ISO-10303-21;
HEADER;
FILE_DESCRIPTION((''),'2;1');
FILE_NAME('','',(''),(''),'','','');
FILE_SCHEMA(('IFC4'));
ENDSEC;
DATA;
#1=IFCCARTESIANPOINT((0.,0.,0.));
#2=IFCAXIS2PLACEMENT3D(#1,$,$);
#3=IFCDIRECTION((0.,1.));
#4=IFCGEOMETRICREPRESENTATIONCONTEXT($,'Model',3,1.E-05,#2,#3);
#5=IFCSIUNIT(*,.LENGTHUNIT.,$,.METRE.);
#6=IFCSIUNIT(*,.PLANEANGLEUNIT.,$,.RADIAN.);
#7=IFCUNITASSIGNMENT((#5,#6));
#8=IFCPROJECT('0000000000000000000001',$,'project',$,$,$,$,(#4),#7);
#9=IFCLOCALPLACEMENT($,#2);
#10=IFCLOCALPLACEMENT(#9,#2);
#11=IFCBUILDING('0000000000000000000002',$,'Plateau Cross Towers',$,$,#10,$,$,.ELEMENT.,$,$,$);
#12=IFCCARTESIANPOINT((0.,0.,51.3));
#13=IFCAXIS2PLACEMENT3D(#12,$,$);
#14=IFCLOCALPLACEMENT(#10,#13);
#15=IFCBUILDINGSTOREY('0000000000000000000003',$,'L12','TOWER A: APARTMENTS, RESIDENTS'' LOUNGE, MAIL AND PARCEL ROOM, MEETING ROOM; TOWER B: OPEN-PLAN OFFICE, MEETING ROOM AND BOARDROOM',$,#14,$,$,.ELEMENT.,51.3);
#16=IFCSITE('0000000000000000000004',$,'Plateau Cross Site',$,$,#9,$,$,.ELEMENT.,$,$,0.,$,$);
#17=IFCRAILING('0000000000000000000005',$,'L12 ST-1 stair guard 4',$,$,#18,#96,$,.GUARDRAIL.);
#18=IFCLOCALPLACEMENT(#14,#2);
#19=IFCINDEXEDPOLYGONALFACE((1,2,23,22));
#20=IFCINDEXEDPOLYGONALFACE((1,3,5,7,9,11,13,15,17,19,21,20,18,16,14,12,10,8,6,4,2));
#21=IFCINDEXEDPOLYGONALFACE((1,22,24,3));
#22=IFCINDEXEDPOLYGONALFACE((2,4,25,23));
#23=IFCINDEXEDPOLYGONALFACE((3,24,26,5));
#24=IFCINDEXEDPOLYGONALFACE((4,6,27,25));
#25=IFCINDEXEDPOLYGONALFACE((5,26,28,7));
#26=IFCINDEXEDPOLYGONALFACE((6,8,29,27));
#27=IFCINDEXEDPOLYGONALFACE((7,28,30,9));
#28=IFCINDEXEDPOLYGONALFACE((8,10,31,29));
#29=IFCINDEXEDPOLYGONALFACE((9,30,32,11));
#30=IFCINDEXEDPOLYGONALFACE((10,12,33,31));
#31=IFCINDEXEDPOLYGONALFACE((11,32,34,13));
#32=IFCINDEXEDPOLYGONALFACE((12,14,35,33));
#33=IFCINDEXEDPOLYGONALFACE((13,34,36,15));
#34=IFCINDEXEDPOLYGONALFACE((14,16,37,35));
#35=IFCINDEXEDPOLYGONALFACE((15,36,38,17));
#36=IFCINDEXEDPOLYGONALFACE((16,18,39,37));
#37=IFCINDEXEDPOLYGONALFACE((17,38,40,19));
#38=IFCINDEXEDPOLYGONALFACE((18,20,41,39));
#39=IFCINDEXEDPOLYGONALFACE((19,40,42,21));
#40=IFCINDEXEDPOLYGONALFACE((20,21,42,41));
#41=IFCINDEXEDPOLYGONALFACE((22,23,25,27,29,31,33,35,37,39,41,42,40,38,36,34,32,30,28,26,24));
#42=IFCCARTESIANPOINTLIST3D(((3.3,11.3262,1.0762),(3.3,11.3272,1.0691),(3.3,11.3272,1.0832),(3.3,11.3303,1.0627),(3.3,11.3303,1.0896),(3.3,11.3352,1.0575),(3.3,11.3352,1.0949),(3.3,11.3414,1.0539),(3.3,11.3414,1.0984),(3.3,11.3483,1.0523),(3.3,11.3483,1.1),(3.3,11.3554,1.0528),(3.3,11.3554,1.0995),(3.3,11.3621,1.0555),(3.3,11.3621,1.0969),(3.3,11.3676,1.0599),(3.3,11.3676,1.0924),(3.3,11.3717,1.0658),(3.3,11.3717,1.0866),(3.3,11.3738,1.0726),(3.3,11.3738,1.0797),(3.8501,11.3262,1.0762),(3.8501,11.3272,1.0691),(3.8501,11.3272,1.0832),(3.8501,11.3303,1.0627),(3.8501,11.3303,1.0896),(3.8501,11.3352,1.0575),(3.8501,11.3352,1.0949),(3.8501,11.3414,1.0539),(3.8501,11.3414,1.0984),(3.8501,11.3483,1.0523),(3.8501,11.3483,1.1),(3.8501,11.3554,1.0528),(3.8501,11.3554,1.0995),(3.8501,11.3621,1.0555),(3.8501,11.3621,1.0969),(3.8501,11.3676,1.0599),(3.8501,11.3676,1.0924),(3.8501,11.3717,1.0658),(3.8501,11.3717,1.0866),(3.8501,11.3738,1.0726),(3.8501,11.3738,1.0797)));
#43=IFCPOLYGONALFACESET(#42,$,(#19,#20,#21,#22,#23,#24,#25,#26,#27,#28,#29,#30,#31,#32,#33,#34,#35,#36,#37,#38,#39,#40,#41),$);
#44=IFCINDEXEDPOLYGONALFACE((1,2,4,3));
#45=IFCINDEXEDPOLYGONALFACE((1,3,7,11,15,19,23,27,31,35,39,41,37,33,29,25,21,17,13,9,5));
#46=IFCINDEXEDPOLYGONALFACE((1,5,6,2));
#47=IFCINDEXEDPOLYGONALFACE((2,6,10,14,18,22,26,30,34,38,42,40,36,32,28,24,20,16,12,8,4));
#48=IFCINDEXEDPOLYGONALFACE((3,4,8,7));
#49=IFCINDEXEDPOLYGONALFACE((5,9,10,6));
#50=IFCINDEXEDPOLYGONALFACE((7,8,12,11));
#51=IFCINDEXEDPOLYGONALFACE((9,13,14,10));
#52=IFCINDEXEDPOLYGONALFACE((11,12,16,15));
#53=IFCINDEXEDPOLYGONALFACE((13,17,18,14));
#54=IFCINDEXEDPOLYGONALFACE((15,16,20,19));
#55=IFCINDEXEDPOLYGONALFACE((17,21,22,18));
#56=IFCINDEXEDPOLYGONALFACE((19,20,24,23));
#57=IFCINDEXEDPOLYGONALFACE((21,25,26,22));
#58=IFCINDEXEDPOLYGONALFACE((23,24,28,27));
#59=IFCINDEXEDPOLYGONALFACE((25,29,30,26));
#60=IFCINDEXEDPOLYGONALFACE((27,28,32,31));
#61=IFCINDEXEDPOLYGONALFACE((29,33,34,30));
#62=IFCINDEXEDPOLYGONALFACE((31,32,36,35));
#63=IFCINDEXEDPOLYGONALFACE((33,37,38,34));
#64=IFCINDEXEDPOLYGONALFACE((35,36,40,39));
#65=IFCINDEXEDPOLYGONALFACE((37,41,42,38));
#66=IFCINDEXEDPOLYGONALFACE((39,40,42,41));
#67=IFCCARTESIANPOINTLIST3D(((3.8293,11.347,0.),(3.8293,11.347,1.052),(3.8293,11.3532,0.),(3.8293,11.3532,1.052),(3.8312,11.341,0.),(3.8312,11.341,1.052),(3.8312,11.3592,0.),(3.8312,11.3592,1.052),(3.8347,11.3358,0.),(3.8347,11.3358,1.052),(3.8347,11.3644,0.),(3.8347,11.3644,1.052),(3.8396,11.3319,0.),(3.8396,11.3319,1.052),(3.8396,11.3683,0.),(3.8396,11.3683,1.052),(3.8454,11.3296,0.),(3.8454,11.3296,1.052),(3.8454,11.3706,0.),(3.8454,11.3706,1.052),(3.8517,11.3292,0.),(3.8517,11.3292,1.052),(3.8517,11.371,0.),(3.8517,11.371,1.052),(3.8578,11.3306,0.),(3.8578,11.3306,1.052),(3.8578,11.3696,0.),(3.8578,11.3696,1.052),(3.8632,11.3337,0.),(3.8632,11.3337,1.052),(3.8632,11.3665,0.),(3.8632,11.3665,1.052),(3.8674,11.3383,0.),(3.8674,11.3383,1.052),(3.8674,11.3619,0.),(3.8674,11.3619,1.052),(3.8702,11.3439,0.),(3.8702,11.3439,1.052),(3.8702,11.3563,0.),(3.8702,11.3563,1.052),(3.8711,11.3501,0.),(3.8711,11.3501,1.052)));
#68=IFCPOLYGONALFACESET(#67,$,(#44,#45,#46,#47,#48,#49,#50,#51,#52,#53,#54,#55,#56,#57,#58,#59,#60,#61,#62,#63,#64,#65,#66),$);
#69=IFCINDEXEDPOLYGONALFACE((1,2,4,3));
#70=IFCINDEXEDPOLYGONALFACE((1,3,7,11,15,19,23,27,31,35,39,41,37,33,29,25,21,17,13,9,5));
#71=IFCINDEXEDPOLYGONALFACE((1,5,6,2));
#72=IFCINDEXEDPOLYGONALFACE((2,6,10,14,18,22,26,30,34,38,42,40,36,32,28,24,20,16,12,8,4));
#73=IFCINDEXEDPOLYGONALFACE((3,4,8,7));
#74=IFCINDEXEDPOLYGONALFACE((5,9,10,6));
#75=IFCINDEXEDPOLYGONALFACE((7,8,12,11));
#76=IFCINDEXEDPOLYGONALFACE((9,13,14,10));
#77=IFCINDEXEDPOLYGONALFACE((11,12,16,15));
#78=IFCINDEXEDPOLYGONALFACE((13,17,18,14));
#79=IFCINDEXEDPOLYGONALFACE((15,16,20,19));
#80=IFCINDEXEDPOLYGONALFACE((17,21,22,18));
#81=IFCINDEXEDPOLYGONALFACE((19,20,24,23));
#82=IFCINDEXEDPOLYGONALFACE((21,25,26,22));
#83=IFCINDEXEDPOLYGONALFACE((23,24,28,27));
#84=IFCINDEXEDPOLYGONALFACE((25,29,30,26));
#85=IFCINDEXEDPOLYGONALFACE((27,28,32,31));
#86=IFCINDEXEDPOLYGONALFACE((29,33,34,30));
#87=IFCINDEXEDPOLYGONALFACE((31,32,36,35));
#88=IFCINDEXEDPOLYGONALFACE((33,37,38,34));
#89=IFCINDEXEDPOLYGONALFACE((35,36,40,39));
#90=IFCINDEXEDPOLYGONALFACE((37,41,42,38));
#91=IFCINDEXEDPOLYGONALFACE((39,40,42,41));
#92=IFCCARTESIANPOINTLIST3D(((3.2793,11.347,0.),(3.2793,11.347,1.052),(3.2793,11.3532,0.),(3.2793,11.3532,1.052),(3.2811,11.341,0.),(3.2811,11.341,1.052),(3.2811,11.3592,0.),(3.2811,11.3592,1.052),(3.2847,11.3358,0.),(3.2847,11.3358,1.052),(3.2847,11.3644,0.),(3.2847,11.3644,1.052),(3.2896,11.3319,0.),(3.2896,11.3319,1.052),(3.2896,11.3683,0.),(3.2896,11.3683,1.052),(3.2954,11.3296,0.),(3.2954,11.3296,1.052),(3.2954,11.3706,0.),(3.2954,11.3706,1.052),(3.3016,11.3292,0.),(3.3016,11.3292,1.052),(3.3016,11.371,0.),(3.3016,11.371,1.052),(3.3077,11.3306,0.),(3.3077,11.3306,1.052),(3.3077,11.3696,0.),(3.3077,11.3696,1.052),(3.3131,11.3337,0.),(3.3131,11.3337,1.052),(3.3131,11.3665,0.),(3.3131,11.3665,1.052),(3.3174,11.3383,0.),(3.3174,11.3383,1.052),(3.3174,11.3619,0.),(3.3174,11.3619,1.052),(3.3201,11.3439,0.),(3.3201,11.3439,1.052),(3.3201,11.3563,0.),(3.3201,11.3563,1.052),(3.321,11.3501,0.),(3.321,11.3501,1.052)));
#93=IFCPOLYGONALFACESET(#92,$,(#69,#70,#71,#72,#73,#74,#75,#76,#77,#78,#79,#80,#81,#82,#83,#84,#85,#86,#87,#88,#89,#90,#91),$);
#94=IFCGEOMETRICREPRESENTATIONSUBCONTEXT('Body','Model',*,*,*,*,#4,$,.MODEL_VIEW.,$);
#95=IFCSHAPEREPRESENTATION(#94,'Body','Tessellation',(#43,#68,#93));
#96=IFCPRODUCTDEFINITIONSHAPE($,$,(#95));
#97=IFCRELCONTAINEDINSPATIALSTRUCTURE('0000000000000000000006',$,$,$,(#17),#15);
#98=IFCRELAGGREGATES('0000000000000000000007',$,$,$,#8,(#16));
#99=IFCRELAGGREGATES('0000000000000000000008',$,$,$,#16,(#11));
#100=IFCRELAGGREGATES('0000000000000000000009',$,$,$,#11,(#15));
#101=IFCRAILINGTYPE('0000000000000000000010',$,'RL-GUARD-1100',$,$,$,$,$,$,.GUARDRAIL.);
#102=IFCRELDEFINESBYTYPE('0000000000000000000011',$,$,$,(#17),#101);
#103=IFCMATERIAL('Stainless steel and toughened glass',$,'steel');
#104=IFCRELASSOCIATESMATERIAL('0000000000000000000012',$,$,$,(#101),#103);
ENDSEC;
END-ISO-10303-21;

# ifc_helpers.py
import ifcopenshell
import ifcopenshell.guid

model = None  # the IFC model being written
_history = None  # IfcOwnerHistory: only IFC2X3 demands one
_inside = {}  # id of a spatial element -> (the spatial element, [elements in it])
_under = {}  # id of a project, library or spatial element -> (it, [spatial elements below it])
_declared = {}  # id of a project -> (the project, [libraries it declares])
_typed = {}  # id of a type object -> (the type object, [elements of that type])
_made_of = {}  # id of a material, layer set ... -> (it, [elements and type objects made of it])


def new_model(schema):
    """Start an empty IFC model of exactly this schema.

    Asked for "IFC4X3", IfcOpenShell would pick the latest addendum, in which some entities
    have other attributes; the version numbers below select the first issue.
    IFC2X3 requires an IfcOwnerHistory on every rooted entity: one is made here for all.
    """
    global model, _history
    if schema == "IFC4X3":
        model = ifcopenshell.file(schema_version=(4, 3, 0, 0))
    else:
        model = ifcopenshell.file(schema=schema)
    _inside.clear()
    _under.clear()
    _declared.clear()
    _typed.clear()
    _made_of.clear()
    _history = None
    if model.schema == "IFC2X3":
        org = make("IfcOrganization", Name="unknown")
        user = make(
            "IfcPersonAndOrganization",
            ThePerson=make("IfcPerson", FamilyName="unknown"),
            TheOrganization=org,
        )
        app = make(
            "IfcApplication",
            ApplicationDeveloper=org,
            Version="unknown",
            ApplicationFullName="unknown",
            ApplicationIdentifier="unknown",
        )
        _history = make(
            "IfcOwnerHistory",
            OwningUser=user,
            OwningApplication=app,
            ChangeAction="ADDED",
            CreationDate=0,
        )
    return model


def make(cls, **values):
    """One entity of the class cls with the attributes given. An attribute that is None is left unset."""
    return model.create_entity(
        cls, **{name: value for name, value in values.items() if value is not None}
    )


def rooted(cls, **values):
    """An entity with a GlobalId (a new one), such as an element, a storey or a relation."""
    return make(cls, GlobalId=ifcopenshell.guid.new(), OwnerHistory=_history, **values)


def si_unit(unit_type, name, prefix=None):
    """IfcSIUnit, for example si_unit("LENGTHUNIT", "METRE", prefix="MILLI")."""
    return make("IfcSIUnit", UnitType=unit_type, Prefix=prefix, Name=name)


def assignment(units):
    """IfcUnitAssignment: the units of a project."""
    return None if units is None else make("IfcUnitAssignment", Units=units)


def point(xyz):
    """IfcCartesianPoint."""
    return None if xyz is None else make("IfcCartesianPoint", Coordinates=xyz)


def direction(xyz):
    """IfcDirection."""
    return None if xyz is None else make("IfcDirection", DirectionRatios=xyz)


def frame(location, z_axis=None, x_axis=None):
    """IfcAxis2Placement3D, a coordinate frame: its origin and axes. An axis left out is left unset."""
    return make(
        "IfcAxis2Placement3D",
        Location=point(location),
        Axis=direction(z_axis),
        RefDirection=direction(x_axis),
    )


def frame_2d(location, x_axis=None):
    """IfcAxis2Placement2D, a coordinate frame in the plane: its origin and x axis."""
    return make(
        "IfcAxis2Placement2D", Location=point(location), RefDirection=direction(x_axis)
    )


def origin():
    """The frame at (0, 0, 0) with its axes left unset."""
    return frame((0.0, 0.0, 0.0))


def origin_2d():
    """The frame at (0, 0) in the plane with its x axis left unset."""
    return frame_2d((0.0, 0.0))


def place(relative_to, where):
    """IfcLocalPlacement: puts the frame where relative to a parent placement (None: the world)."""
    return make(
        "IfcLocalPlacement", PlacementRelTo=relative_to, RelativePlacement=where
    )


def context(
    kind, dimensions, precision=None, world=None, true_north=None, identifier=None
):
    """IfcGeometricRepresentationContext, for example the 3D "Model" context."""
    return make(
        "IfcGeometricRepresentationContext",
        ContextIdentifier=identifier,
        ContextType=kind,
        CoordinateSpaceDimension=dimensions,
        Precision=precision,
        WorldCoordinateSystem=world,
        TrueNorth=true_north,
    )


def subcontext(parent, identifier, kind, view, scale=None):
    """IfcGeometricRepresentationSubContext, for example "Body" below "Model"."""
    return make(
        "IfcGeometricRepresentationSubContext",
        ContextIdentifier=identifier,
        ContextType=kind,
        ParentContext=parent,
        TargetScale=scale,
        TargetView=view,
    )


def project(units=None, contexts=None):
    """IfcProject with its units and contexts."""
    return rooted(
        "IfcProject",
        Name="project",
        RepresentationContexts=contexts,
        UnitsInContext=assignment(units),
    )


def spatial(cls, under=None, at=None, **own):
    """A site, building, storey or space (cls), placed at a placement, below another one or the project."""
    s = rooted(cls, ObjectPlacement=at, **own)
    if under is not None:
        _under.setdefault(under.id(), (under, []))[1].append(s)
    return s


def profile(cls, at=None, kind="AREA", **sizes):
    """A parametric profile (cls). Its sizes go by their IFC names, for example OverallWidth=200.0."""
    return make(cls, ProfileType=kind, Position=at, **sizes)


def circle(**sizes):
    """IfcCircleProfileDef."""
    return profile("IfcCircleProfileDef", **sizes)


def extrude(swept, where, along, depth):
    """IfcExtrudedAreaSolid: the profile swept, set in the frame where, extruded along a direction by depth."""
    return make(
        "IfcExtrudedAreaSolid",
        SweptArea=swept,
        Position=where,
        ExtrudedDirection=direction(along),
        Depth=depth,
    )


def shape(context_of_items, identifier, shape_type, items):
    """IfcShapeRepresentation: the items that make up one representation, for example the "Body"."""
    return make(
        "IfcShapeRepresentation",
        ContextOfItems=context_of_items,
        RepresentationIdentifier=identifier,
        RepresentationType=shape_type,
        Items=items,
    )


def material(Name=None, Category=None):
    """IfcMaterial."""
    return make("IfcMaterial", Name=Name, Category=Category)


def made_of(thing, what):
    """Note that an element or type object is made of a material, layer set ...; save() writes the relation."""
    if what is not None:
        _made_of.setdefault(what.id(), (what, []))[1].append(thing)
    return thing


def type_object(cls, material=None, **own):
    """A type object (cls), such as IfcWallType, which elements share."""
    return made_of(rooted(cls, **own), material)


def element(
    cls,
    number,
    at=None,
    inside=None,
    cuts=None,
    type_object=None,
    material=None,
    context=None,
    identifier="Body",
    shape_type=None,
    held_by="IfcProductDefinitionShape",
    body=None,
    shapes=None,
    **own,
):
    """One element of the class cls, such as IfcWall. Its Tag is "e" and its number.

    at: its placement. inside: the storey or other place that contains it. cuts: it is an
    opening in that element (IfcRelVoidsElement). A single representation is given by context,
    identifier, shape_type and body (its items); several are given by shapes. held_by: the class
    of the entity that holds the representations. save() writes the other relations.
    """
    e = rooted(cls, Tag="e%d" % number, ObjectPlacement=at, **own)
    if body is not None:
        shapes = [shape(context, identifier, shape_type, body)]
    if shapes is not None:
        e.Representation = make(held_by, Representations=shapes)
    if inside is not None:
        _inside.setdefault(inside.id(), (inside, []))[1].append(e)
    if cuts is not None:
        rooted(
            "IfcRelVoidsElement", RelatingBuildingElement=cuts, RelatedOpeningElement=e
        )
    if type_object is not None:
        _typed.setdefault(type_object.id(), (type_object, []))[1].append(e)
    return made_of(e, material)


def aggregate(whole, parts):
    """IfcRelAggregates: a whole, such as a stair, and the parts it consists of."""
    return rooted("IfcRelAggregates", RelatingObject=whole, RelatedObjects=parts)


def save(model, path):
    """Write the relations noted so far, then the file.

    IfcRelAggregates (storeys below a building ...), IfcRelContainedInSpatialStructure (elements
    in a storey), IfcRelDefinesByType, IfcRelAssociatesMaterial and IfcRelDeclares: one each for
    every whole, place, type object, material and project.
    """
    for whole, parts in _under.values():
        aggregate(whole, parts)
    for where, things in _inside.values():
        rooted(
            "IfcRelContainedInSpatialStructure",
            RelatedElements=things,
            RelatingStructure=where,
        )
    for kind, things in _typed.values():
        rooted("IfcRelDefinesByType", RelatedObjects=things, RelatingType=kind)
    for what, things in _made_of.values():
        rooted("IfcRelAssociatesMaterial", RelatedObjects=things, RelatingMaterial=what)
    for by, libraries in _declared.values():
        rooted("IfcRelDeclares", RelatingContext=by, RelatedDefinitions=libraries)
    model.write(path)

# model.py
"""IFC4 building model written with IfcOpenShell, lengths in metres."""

from ifc_helpers import new_model, si_unit, direction, frame, origin, origin_2d, place, context, subcontext, project, spatial, circle, extrude, material, type_object, element, save


model = new_model("IFC4")

# Units and contexts
model_context = context("Model", 3, precision=1e-05, world=origin(), true_north=direction((0.0, 1.0)))
body_context = subcontext(model_context, "Body", "Model", "MODEL_VIEW")
ifc_project = project(units=[si_unit("LENGTHUNIT", "METRE"), si_unit("PLANEANGLEUNIT", "RADIAN")], contexts=[model_context])

# Site, building, storey
site_placement = place(None, origin())
site = spatial("IfcSite", under=ifc_project, at=site_placement, Name="Plateau Cross Site", CompositionType="ELEMENT", RefElevation=0.0)
building_placement = place(site_placement, origin())
building = spatial("IfcBuilding", under=site, at=building_placement, Name="Plateau Cross Towers", CompositionType="ELEMENT")
storey_placement = place(building_placement, frame((0.0, 0.0, 51.3)))
storey = spatial("IfcBuildingStorey", under=building, at=storey_placement, Name="L12", Description="TOWER A: APARTMENTS, RESIDENTS' LOUNGE, MAIL AND PARCEL ROOM, MEETING ROOM; TOWER B: OPEN-PLAN OFFICE, MEETING ROOM AND BOARDROOM", CompositionType="ELEMENT", Elevation=51.3)

# Railing
ifc_material_1 = material(Name="Stainless steel and toughened glass", Category="steel")
railing_type = type_object("IfcRailingType", Name="RL-GUARD-1100", PredefinedType="GUARDRAIL", material=ifc_material_1)
railing_1_placement = place(storey_placement, frame((3.8501, 11.3501, 0.0)))
element("IfcRailing", 1, at=railing_1_placement, inside=storey, type_object=railing_type, Name="L12 ST-1 stair guard 4", PredefinedType="GUARDRAIL", context=body_context, shape_type="SweptSolid", body=[
    extrude(circle(Radius=0.0239, at=origin_2d()), frame((0.0, 0.0, 1.0762), z_axis=(-1.0, 0.0, 0.0), x_axis=(0.0, -1.0, 0.0)), (0.0, 0.0, 1.0), 0.55),
    extrude(circle(Radius=0.021, at=origin_2d()), origin(), (0.0, 0.0, 1.0), 1.052),
    extrude(circle(Radius=0.021, at=origin_2d()), frame((-0.55, 0.0, 0.0)), (0.0, 0.0, 1.0), 1.052),
])

save(model, "model.ifc")
